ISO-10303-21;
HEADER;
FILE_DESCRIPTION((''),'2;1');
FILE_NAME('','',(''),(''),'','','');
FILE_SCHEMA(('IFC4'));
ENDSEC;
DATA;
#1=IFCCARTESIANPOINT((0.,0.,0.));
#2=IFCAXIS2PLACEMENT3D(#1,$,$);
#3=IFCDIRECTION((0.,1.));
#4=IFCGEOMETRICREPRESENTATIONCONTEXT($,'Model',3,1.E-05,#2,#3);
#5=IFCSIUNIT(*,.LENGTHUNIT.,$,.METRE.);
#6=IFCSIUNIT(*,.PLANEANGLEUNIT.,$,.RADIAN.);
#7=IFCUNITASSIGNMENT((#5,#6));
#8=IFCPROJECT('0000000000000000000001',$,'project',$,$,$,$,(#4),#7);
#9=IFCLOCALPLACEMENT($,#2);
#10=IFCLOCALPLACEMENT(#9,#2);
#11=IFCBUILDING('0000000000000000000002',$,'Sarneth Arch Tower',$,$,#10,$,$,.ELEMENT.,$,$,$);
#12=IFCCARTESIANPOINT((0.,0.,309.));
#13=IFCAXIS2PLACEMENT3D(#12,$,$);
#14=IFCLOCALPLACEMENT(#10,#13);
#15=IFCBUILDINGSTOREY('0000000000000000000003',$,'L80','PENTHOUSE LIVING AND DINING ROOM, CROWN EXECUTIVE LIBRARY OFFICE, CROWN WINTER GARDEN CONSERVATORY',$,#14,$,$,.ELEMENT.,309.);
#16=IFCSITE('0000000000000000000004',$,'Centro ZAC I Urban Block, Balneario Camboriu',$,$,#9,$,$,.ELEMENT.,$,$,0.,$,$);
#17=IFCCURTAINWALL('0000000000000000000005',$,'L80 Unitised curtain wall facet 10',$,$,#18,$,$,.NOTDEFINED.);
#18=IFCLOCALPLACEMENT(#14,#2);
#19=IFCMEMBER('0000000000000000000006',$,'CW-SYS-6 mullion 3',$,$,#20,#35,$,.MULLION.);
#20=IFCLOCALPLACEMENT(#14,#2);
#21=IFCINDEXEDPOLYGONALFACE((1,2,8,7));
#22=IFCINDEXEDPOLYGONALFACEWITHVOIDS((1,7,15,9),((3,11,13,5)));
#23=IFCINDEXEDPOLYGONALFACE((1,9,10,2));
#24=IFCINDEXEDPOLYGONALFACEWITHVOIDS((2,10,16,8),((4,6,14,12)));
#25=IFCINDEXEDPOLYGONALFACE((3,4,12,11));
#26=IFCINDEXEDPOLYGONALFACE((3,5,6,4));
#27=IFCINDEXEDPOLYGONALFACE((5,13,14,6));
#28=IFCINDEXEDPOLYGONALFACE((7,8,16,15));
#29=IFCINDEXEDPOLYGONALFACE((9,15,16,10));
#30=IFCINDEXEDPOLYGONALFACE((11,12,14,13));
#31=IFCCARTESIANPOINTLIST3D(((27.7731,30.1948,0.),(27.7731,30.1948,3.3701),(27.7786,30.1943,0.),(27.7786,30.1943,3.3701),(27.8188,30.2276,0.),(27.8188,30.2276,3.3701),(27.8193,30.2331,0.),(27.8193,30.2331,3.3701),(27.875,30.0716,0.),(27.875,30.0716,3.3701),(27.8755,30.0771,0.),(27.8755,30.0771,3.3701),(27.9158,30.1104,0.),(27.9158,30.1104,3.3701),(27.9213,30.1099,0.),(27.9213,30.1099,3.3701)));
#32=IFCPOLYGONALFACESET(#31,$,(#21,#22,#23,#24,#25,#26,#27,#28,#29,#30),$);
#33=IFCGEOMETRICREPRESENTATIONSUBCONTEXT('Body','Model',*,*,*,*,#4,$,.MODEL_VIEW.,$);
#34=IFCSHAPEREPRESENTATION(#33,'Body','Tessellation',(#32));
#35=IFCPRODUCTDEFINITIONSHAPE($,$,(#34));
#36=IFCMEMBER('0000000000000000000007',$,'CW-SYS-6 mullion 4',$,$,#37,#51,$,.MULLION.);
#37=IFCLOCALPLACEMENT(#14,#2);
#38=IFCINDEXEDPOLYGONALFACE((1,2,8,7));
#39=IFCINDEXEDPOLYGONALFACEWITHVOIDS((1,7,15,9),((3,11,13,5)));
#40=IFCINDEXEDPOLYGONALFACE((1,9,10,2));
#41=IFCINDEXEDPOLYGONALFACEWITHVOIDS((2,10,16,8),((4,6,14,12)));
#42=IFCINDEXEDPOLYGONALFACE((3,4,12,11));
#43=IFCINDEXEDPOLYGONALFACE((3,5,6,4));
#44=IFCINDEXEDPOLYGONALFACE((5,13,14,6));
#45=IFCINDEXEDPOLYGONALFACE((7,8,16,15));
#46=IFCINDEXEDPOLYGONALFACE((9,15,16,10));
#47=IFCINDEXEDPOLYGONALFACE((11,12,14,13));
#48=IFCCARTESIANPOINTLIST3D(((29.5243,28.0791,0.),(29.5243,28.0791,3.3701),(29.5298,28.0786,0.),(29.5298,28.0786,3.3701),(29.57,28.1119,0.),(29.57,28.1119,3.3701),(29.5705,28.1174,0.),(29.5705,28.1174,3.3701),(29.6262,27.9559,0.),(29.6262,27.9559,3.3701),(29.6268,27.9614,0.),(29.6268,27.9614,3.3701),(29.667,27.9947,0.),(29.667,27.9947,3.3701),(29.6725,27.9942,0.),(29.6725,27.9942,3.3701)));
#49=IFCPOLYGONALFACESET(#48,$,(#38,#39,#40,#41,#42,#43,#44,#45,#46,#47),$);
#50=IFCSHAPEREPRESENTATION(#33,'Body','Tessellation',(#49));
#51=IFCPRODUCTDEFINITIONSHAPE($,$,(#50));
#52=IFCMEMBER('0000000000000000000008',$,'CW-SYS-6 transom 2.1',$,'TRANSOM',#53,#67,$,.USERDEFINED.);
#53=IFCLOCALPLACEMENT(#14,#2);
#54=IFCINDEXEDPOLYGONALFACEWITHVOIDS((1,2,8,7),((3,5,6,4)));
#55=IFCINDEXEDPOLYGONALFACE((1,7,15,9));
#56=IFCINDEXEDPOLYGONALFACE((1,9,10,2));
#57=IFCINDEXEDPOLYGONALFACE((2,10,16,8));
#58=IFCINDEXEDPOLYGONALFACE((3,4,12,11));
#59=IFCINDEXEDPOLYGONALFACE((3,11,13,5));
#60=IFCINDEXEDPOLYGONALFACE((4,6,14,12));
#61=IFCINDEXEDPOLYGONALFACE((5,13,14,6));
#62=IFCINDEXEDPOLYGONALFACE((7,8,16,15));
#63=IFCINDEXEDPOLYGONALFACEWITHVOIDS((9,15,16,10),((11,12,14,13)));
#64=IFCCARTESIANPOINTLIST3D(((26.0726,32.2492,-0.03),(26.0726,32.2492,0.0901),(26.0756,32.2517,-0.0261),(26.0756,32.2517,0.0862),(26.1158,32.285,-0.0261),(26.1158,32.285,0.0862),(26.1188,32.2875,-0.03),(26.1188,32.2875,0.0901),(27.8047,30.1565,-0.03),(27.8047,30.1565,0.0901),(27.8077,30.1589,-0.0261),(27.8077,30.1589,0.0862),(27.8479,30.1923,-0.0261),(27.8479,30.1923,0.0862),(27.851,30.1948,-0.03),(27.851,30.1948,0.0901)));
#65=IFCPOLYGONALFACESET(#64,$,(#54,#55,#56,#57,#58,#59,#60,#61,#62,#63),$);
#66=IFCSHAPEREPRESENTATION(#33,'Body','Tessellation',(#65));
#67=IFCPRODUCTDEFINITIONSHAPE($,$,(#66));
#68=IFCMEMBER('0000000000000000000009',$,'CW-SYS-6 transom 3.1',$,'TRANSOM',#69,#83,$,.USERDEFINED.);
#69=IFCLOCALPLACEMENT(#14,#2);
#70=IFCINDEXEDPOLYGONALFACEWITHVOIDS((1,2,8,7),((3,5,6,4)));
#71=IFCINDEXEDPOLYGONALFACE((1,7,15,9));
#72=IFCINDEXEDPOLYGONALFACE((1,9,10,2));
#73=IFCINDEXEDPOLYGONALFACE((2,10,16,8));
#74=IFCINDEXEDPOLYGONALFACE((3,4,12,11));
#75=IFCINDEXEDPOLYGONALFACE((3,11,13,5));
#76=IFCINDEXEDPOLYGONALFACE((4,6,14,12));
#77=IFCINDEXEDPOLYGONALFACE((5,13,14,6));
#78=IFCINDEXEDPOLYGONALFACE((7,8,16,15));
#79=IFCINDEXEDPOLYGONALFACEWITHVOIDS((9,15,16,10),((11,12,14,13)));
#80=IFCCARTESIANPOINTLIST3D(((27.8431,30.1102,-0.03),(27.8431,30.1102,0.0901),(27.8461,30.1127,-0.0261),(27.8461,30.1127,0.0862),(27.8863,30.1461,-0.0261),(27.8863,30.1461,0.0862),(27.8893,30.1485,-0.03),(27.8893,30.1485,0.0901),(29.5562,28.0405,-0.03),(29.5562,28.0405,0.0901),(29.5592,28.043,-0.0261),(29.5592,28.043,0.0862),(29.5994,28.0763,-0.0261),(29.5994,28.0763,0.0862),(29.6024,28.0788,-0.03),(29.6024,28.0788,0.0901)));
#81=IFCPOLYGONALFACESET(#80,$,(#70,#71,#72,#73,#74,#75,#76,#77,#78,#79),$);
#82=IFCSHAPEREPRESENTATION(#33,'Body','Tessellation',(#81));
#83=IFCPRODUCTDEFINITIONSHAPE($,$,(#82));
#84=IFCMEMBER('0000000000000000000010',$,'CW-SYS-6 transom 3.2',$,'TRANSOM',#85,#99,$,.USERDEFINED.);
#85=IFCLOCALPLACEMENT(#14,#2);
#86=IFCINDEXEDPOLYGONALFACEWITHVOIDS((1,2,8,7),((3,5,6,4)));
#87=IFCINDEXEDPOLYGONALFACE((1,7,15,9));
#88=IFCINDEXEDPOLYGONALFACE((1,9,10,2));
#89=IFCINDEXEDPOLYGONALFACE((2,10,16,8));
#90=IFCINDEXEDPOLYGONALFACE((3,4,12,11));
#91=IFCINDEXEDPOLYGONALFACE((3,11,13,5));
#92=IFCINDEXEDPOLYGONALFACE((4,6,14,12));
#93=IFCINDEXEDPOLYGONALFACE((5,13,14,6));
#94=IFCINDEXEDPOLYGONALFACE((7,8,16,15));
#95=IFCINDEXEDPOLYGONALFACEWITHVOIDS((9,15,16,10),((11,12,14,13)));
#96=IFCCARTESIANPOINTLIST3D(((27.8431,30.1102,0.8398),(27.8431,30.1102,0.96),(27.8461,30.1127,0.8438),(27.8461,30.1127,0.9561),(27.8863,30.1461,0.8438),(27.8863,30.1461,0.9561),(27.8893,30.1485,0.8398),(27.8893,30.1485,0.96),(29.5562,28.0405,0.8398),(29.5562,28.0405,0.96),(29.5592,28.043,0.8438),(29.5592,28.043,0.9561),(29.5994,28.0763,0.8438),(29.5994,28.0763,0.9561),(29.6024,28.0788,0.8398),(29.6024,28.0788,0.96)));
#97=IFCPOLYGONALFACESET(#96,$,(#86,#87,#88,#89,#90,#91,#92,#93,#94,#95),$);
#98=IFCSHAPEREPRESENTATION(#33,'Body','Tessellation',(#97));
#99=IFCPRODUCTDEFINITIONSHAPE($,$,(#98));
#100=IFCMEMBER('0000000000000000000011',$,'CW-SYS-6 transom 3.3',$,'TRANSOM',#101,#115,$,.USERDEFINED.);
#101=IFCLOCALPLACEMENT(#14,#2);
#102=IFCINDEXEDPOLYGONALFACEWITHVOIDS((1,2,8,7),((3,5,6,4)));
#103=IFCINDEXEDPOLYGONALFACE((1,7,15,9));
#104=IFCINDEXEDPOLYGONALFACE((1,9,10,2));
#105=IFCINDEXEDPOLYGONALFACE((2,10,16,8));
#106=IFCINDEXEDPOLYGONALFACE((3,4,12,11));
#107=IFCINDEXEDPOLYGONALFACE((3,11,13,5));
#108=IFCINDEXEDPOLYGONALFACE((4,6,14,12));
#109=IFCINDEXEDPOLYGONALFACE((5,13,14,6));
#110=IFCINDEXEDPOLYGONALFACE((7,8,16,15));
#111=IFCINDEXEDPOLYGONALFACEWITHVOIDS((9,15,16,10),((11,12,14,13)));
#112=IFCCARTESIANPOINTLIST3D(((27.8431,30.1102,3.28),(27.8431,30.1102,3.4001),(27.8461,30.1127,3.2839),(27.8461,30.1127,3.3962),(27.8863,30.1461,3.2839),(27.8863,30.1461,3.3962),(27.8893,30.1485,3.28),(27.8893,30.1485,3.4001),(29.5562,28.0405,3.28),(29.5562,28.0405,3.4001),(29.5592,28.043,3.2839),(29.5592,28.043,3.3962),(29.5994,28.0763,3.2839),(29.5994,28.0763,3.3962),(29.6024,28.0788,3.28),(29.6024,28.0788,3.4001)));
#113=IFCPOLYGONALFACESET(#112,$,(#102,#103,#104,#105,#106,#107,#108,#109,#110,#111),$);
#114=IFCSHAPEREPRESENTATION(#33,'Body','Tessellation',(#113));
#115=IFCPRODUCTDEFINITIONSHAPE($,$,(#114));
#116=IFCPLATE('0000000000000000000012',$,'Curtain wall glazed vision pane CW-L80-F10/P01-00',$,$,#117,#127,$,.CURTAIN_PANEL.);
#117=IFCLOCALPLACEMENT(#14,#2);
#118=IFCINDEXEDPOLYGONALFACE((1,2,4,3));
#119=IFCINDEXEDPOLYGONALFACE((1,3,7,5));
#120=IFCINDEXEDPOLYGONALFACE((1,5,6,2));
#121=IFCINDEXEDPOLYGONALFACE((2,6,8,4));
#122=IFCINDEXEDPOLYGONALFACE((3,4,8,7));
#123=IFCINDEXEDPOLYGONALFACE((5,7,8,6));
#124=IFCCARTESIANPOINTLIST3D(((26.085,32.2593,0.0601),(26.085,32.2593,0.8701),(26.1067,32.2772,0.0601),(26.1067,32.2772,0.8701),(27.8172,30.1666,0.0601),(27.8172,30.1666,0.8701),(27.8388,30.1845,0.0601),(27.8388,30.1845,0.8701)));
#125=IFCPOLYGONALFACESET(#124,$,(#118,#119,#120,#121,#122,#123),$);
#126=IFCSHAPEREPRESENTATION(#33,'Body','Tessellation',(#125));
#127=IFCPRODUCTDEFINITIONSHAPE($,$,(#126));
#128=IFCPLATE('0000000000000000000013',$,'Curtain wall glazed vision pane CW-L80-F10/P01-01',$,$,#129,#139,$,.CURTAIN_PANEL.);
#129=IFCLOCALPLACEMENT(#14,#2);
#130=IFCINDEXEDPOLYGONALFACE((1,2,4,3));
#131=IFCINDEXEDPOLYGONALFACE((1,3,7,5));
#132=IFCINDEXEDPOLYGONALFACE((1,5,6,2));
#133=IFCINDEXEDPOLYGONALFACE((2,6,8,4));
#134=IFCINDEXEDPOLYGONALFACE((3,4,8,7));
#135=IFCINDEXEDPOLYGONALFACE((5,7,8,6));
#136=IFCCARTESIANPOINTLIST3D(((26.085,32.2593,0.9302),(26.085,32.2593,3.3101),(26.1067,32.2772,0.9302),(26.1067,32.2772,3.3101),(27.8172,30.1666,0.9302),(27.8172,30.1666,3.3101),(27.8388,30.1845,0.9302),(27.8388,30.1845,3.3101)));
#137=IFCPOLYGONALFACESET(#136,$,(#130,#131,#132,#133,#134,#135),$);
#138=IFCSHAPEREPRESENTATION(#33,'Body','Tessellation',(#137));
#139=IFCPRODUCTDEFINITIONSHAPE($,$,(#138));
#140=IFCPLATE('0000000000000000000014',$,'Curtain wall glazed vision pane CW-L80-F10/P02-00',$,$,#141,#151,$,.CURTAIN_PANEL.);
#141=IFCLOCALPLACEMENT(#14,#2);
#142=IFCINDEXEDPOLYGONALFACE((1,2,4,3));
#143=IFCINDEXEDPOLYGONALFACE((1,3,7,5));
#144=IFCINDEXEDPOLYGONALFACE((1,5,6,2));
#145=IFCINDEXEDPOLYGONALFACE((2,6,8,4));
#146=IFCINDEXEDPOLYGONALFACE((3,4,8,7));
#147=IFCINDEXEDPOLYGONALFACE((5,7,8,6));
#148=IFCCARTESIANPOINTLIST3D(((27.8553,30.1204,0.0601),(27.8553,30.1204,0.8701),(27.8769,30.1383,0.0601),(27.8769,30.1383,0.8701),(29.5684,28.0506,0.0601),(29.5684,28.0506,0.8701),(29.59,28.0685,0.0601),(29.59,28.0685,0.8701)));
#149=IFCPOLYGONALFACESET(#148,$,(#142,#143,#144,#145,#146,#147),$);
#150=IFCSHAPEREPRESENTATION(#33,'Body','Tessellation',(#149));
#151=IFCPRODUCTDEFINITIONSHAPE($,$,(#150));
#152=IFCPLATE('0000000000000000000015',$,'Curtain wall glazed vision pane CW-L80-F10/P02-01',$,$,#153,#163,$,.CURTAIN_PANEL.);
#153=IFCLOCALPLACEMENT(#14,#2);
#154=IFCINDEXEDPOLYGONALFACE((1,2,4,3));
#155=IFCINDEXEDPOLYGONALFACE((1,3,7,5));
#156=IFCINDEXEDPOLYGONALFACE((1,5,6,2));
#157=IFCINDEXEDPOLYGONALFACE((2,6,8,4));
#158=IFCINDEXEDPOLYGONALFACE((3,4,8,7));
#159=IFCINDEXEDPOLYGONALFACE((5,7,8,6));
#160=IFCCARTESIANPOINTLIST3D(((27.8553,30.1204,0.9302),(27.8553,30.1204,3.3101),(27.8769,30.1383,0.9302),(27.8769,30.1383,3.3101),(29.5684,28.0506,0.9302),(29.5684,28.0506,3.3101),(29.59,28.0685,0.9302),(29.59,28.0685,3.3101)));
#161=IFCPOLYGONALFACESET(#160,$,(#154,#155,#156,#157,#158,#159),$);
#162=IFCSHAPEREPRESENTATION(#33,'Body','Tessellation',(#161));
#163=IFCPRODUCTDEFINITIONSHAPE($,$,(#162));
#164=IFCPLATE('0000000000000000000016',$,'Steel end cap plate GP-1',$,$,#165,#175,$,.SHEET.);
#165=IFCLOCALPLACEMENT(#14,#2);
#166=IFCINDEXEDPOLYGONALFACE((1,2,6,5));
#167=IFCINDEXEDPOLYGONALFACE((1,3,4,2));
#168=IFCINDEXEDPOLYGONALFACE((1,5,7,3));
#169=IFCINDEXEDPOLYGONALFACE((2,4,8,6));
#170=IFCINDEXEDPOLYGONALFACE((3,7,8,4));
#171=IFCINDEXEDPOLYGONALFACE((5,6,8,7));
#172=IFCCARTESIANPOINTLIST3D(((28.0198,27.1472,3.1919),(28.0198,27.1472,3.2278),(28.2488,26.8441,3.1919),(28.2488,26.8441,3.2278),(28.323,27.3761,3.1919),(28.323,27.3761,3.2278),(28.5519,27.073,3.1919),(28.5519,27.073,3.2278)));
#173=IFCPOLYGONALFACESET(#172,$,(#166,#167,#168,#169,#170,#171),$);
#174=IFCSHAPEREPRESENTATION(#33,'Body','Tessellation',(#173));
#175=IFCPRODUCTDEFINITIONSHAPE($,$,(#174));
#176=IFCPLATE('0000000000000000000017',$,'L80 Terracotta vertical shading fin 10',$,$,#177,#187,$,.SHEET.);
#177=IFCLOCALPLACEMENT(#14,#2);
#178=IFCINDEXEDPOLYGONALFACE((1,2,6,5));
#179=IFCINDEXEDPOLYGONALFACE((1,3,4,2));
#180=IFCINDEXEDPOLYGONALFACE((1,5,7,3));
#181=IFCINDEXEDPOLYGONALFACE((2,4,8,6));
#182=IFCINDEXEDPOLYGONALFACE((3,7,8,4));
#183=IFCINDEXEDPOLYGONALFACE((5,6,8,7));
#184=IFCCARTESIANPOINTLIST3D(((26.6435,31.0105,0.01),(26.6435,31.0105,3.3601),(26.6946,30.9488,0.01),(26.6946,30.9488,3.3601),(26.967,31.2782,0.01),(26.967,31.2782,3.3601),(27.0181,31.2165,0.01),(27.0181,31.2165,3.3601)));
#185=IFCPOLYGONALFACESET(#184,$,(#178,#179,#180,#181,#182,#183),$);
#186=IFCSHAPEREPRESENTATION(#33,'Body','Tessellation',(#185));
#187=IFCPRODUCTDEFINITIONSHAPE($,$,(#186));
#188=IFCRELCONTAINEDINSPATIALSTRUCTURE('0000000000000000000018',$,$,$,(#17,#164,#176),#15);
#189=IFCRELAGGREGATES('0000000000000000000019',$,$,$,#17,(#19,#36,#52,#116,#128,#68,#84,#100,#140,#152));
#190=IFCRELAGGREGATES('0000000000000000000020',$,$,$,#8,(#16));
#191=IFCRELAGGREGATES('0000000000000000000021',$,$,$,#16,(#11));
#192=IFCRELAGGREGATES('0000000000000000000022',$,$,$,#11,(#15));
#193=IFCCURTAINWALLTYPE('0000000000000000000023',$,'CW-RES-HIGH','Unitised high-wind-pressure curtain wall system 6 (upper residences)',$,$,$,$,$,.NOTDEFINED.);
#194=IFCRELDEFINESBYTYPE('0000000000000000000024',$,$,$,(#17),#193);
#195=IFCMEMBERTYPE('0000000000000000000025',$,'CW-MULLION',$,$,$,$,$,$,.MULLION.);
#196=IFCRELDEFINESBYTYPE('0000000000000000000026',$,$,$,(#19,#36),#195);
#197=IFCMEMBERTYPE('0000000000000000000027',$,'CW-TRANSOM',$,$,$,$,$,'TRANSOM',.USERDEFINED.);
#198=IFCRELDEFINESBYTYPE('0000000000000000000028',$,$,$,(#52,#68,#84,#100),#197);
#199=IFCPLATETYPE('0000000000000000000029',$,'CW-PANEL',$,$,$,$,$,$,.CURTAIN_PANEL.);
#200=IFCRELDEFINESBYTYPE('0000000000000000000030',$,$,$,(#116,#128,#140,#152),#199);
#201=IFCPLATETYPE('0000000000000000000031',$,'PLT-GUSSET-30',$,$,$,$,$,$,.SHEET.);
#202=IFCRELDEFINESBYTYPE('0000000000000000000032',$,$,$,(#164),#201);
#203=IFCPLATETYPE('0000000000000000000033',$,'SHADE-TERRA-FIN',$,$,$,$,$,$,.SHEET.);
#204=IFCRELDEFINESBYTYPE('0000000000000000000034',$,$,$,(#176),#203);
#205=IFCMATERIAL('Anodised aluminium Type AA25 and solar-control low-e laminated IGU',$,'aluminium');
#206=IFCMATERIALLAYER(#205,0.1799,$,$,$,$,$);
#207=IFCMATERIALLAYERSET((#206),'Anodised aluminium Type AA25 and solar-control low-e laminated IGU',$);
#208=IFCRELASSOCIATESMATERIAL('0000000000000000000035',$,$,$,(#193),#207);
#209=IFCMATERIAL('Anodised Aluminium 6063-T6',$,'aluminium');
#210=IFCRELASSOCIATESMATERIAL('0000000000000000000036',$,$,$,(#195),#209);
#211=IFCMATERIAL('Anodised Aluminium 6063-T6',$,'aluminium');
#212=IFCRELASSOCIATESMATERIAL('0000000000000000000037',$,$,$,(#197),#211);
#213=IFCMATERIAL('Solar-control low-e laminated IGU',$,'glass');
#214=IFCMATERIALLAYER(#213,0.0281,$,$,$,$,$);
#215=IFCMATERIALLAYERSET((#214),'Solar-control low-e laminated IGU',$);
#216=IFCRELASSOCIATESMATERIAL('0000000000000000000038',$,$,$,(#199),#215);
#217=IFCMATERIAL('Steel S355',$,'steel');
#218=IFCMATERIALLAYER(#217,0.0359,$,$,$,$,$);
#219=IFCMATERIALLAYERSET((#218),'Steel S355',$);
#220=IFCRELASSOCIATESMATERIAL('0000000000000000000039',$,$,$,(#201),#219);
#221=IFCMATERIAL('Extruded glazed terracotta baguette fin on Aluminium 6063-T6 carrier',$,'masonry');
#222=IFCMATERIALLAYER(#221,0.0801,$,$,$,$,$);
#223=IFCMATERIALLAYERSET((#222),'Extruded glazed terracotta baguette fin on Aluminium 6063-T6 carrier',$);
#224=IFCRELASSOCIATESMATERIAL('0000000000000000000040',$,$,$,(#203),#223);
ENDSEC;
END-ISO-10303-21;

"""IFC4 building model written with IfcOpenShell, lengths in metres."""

from ifc_helpers import new_model, si_unit, direction, frame, origin, origin_2d, place, context, subcontext, project, spatial, rectangle, hollow_rectangle, extrude, material, layer, layer_set, material_profile, profile_set, type_object, element, aggregate, save


model = new_model("IFC4")

# Units and contexts
model_context = context("Model", 3, precision=1e-05, world=origin(), true_north=direction((0.0, 1.0)))
body_context = subcontext(model_context, "Body", "Model", "MODEL_VIEW")
ifc_project = project(units=[si_unit("LENGTHUNIT", "METRE"), si_unit("PLANEANGLEUNIT", "RADIAN")], contexts=[model_context])

# Site, building, storey
site_placement = place(None, origin())
site = spatial("IfcSite", under=ifc_project, at=site_placement, Name="Centro ZAC I Urban Block, Balneario Camboriu", CompositionType="ELEMENT", RefElevation=0.0)
building_placement = place(site_placement, origin())
building = spatial("IfcBuilding", under=site, at=building_placement, Name="Sarneth Arch Tower", CompositionType="ELEMENT")
storey_placement = place(building_placement, frame((0.0, 0.0, 309.0)))
storey = spatial("IfcBuildingStorey", under=building, at=storey_placement, Name="L80", Description="PENTHOUSE LIVING AND DINING ROOM, CROWN EXECUTIVE LIBRARY OFFICE, CROWN WINTER GARDEN CONSERVATORY", CompositionType="ELEMENT", Elevation=309.0)

# Curtain wall, members, plates
ifc_material_1 = material(Name="Anodised aluminium Type AA25 and solar-control low-e laminated IGU", Category="aluminium")
ifc_layer_1 = layer(ifc_material_1, 0.1799)
ifc_layer_set_1 = layer_set([ifc_layer_1], Name="Anodised aluminium Type AA25 and solar-control low-e laminated IGU")
curtain_wall_type = type_object("IfcCurtainWallType", Name="CW-RES-HIGH", Description="Unitised high-wind-pressure curtain wall system 6 (upper residences)", PredefinedType="NOTDEFINED", material=ifc_layer_set_1)
curtain_wall_placement = place(storey_placement, origin())
curtain_wall = element("IfcCurtainWall", 1, at=curtain_wall_placement, inside=storey, type_object=curtain_wall_type, Name="L80 Unitised curtain wall facet 10", PredefinedType="NOTDEFINED")
ifc_material_2 = material(Name="Anodised Aluminium 6063-T6", Category="aluminium")
ifc_material_profile_1 = material_profile(ifc_material_2, hollow_rectangle(XDim=0.0601, YDim=0.1599, WallThickness=0.0039, at=origin_2d()), Name="AL-MULL-160x60x4")
ifc_profile_set_1 = profile_set([ifc_material_profile_1], Name="Anodised Aluminium 6063-T6")
member_type_1 = type_object("IfcMemberType", Name="CW-MULLION", PredefinedType="MULLION", material=ifc_profile_set_1)
member_1_placement = place(storey_placement, frame((27.8472, 30.1523, 0.0), z_axis=(0.0, 0.0, 1.0), x_axis=(0.770359, 0.63761, 0.0)))
member_1 = element("IfcMember", 2, at=member_1_placement, type_object=member_type_1, Name="CW-SYS-6 mullion 3", PredefinedType="MULLION", context=body_context, shape_type="SweptSolid", body=[
    extrude(hollow_rectangle(XDim=0.0601, YDim=0.1599, WallThickness=0.0039, at=origin_2d()), origin(), (0.0, 0.0, 1.0), 3.3701),
])
member_2_placement = place(storey_placement, frame((29.5984, 28.0366, 0.0), z_axis=(0.0, 0.0, 1.0), x_axis=(0.770359, 0.63761, 0.0)))
member_2 = element("IfcMember", 3, at=member_2_placement, type_object=member_type_1, Name="CW-SYS-6 mullion 4", PredefinedType="MULLION", context=body_context, shape_type="SweptSolid", body=[
    extrude(hollow_rectangle(XDim=0.0601, YDim=0.1599, WallThickness=0.0039, at=origin_2d()), origin(), (0.0, 0.0, 1.0), 3.3701),
])
ifc_material_3 = material(Name="Anodised Aluminium 6063-T6", Category="aluminium")
ifc_material_profile_2 = material_profile(ifc_material_3, hollow_rectangle(XDim=0.0601, YDim=0.1201, WallThickness=0.0039, at=origin_2d()), Name="AL-TRAN-120x60x4")
ifc_profile_set_2 = profile_set([ifc_material_profile_2], Name="Anodised Aluminium 6063-T6")
member_type_2 = type_object("IfcMemberType", Name="CW-TRANSOM", ElementType="TRANSOM", PredefinedType="USERDEFINED", material=ifc_profile_set_2)
member_3_placement = place(storey_placement, frame((26.0957, 32.2683, 0.03), z_axis=(0.637617, -0.770353, 0.0), x_axis=(0.770353, 0.637617, 0.0)))
member_3 = element("IfcMember", 4, at=member_3_placement, type_object=member_type_2, Name="CW-SYS-6 transom 2.1", ObjectType="TRANSOM", PredefinedType="USERDEFINED", context=body_context, shape_type="SweptSolid", body=[
    extrude(hollow_rectangle(XDim=0.0601, YDim=0.1201, WallThickness=0.0039, at=origin_2d()), origin(), (0.0, 0.0, 1.0), 2.7166),
])
member_4_placement = place(storey_placement, frame((27.8662, 30.1294, 0.03), z_axis=(0.637607, -0.770362, 0.0), x_axis=(0.770362, 0.637607, 0.0)))
member_4 = element("IfcMember", 5, at=member_4_placement, type_object=member_type_2, Name="CW-SYS-6 transom 3.1", ObjectType="TRANSOM", PredefinedType="USERDEFINED", context=body_context, shape_type="SweptSolid", body=[
    extrude(hollow_rectangle(XDim=0.0601, YDim=0.1201, WallThickness=0.0039, at=origin_2d()), origin(), (0.0, 0.0, 1.0), 2.6868),
])
member_5_placement = place(storey_placement, frame((27.8662, 30.1294, 0.8999), z_axis=(0.637607, -0.770362, 0.0), x_axis=(0.770362, 0.637607, 0.0)))
member_5 = element("IfcMember", 6, at=member_5_placement, type_object=member_type_2, Name="CW-SYS-6 transom 3.2", ObjectType="TRANSOM", PredefinedType="USERDEFINED", context=body_context, shape_type="SweptSolid", body=[
    extrude(hollow_rectangle(XDim=0.0601, YDim=0.1201, WallThickness=0.0039, at=origin_2d()), origin(), (0.0, 0.0, 1.0), 2.6868),
])
member_6_placement = place(storey_placement, frame((27.8662, 30.1294, 3.3401), z_axis=(0.637607, -0.770362, 0.0), x_axis=(0.770362, 0.637607, 0.0)))
member_6 = element("IfcMember", 7, at=member_6_placement, type_object=member_type_2, Name="CW-SYS-6 transom 3.3", ObjectType="TRANSOM", PredefinedType="USERDEFINED", context=body_context, shape_type="SweptSolid", body=[
    extrude(hollow_rectangle(XDim=0.0601, YDim=0.1201, WallThickness=0.0039, at=origin_2d()), origin(), (0.0, 0.0, 1.0), 2.6868),
])
ifc_material_4 = material(Name="Solar-control low-e laminated IGU", Category="glass")
ifc_layer_2 = layer(ifc_material_4, 0.0281)
ifc_layer_set_2 = layer_set([ifc_layer_2], Name="Solar-control low-e laminated IGU")
plate_type_1 = type_object("IfcPlateType", Name="CW-PANEL", PredefinedType="CURTAIN_PANEL", material=ifc_layer_set_2)
plate_1_placement = place(storey_placement, frame((26.9619, 31.2219, 0.0601), z_axis=(0.0, 0.0, 1.0), x_axis=(0.63761, -0.770359, 0.0)))
plate_1 = element("IfcPlate", 8, at=plate_1_placement, type_object=plate_type_1, Name="Curtain wall glazed vision pane CW-L80-F10/P01-00", PredefinedType="CURTAIN_PANEL", context=body_context, shape_type="SweptSolid", body=[
    extrude(rectangle(XDim=2.7166, YDim=0.0281, at=origin_2d()), origin(), (0.0, 0.0, 1.0), 0.8101),
])
plate_2_placement = place(storey_placement, frame((26.9619, 31.2219, 0.9302), z_axis=(0.0, 0.0, 1.0), x_axis=(0.63761, -0.770359, 0.0)))
plate_2 = element("IfcPlate", 9, at=plate_2_placement, type_object=plate_type_1, Name="Curtain wall glazed vision pane CW-L80-F10/P01-01", PredefinedType="CURTAIN_PANEL", context=body_context, shape_type="SweptSolid", body=[
    extrude(rectangle(XDim=2.7166, YDim=0.0281, at=origin_2d()), origin(), (0.0, 0.0, 1.0), 2.3799),
])
plate_3_placement = place(storey_placement, frame((28.7227, 29.0945, 0.0601), z_axis=(0.0, 0.0, 1.0), x_axis=(0.63761, -0.770359, 0.0)))
plate_3 = element("IfcPlate", 10, at=plate_3_placement, type_object=plate_type_1, Name="Curtain wall glazed vision pane CW-L80-F10/P02-00", PredefinedType="CURTAIN_PANEL", context=body_context, shape_type="SweptSolid", body=[
    extrude(rectangle(XDim=2.6868, YDim=0.0281, at=origin_2d()), origin(), (0.0, 0.0, 1.0), 0.8101),
])
plate_4_placement = place(storey_placement, frame((28.7227, 29.0945, 0.9302), z_axis=(0.0, 0.0, 1.0), x_axis=(0.63761, -0.770359, 0.0)))
plate_4 = element("IfcPlate", 11, at=plate_4_placement, type_object=plate_type_1, Name="Curtain wall glazed vision pane CW-L80-F10/P02-01", PredefinedType="CURTAIN_PANEL", context=body_context, shape_type="SweptSolid", body=[
    extrude(rectangle(XDim=2.6868, YDim=0.0281, at=origin_2d()), origin(), (0.0, 0.0, 1.0), 2.3799),
])
aggregate(curtain_wall, [member_1, member_2, member_3, plate_1, plate_2, member_4, member_5, member_6, plate_3, plate_4])

# Plates
ifc_material_5 = material(Name="Steel S355", Category="steel")
ifc_layer_3 = layer(ifc_material_5, 0.0359)
ifc_layer_set_3 = layer_set([ifc_layer_3], Name="Steel S355")
plate_type_2 = type_object("IfcPlateType", Name="PLT-GUSSET-30", PredefinedType="SHEET", material=ifc_layer_set_3)
plate_5_placement = place(storey_placement, frame((28.2859, 27.1101, 3.1919), z_axis=(0.0, 0.0, 1.0), x_axis=(-0.798005, -0.602651, 0.0)))
element("IfcPlate", 12, at=plate_5_placement, inside=storey, type_object=plate_type_2, Name="Steel end cap plate GP-1", PredefinedType="SHEET", context=body_context, shape_type="SweptSolid", body=[
    extrude(rectangle(XDim=0.3799, YDim=0.3799, at=origin_2d()), origin(), (0.0, 0.0, 1.0), 0.0359),
])
ifc_material_6 = material(Name="Extruded glazed terracotta baguette fin on Aluminium 6063-T6 carrier", Category="masonry")
ifc_layer_4 = layer(ifc_material_6, 0.0801)
ifc_layer_set_4 = layer_set([ifc_layer_4], Name="Extruded glazed terracotta baguette fin on Aluminium 6063-T6 carrier")
plate_type_3 = type_object("IfcPlateType", Name="SHADE-TERRA-FIN", PredefinedType="SHEET", material=ifc_layer_set_4)
plate_6_placement = place(storey_placement, frame((26.8308, 31.1135, 0.01), z_axis=(0.0, 0.0, 1.0), x_axis=(-0.770402, -0.637558, 0.0)))
element("IfcPlate", 13, at=plate_6_placement, inside=storey, type_object=plate_type_3, Name="L80 Terracotta vertical shading fin 10", PredefinedType="SHEET", context=body_context, shape_type="SweptSolid", body=[
    extrude(rectangle(XDim=0.4199, YDim=0.0801, at=origin_2d()), origin(), (0.0, 0.0, 1.0), 3.3501),
])

save(model, "model.ifc")
